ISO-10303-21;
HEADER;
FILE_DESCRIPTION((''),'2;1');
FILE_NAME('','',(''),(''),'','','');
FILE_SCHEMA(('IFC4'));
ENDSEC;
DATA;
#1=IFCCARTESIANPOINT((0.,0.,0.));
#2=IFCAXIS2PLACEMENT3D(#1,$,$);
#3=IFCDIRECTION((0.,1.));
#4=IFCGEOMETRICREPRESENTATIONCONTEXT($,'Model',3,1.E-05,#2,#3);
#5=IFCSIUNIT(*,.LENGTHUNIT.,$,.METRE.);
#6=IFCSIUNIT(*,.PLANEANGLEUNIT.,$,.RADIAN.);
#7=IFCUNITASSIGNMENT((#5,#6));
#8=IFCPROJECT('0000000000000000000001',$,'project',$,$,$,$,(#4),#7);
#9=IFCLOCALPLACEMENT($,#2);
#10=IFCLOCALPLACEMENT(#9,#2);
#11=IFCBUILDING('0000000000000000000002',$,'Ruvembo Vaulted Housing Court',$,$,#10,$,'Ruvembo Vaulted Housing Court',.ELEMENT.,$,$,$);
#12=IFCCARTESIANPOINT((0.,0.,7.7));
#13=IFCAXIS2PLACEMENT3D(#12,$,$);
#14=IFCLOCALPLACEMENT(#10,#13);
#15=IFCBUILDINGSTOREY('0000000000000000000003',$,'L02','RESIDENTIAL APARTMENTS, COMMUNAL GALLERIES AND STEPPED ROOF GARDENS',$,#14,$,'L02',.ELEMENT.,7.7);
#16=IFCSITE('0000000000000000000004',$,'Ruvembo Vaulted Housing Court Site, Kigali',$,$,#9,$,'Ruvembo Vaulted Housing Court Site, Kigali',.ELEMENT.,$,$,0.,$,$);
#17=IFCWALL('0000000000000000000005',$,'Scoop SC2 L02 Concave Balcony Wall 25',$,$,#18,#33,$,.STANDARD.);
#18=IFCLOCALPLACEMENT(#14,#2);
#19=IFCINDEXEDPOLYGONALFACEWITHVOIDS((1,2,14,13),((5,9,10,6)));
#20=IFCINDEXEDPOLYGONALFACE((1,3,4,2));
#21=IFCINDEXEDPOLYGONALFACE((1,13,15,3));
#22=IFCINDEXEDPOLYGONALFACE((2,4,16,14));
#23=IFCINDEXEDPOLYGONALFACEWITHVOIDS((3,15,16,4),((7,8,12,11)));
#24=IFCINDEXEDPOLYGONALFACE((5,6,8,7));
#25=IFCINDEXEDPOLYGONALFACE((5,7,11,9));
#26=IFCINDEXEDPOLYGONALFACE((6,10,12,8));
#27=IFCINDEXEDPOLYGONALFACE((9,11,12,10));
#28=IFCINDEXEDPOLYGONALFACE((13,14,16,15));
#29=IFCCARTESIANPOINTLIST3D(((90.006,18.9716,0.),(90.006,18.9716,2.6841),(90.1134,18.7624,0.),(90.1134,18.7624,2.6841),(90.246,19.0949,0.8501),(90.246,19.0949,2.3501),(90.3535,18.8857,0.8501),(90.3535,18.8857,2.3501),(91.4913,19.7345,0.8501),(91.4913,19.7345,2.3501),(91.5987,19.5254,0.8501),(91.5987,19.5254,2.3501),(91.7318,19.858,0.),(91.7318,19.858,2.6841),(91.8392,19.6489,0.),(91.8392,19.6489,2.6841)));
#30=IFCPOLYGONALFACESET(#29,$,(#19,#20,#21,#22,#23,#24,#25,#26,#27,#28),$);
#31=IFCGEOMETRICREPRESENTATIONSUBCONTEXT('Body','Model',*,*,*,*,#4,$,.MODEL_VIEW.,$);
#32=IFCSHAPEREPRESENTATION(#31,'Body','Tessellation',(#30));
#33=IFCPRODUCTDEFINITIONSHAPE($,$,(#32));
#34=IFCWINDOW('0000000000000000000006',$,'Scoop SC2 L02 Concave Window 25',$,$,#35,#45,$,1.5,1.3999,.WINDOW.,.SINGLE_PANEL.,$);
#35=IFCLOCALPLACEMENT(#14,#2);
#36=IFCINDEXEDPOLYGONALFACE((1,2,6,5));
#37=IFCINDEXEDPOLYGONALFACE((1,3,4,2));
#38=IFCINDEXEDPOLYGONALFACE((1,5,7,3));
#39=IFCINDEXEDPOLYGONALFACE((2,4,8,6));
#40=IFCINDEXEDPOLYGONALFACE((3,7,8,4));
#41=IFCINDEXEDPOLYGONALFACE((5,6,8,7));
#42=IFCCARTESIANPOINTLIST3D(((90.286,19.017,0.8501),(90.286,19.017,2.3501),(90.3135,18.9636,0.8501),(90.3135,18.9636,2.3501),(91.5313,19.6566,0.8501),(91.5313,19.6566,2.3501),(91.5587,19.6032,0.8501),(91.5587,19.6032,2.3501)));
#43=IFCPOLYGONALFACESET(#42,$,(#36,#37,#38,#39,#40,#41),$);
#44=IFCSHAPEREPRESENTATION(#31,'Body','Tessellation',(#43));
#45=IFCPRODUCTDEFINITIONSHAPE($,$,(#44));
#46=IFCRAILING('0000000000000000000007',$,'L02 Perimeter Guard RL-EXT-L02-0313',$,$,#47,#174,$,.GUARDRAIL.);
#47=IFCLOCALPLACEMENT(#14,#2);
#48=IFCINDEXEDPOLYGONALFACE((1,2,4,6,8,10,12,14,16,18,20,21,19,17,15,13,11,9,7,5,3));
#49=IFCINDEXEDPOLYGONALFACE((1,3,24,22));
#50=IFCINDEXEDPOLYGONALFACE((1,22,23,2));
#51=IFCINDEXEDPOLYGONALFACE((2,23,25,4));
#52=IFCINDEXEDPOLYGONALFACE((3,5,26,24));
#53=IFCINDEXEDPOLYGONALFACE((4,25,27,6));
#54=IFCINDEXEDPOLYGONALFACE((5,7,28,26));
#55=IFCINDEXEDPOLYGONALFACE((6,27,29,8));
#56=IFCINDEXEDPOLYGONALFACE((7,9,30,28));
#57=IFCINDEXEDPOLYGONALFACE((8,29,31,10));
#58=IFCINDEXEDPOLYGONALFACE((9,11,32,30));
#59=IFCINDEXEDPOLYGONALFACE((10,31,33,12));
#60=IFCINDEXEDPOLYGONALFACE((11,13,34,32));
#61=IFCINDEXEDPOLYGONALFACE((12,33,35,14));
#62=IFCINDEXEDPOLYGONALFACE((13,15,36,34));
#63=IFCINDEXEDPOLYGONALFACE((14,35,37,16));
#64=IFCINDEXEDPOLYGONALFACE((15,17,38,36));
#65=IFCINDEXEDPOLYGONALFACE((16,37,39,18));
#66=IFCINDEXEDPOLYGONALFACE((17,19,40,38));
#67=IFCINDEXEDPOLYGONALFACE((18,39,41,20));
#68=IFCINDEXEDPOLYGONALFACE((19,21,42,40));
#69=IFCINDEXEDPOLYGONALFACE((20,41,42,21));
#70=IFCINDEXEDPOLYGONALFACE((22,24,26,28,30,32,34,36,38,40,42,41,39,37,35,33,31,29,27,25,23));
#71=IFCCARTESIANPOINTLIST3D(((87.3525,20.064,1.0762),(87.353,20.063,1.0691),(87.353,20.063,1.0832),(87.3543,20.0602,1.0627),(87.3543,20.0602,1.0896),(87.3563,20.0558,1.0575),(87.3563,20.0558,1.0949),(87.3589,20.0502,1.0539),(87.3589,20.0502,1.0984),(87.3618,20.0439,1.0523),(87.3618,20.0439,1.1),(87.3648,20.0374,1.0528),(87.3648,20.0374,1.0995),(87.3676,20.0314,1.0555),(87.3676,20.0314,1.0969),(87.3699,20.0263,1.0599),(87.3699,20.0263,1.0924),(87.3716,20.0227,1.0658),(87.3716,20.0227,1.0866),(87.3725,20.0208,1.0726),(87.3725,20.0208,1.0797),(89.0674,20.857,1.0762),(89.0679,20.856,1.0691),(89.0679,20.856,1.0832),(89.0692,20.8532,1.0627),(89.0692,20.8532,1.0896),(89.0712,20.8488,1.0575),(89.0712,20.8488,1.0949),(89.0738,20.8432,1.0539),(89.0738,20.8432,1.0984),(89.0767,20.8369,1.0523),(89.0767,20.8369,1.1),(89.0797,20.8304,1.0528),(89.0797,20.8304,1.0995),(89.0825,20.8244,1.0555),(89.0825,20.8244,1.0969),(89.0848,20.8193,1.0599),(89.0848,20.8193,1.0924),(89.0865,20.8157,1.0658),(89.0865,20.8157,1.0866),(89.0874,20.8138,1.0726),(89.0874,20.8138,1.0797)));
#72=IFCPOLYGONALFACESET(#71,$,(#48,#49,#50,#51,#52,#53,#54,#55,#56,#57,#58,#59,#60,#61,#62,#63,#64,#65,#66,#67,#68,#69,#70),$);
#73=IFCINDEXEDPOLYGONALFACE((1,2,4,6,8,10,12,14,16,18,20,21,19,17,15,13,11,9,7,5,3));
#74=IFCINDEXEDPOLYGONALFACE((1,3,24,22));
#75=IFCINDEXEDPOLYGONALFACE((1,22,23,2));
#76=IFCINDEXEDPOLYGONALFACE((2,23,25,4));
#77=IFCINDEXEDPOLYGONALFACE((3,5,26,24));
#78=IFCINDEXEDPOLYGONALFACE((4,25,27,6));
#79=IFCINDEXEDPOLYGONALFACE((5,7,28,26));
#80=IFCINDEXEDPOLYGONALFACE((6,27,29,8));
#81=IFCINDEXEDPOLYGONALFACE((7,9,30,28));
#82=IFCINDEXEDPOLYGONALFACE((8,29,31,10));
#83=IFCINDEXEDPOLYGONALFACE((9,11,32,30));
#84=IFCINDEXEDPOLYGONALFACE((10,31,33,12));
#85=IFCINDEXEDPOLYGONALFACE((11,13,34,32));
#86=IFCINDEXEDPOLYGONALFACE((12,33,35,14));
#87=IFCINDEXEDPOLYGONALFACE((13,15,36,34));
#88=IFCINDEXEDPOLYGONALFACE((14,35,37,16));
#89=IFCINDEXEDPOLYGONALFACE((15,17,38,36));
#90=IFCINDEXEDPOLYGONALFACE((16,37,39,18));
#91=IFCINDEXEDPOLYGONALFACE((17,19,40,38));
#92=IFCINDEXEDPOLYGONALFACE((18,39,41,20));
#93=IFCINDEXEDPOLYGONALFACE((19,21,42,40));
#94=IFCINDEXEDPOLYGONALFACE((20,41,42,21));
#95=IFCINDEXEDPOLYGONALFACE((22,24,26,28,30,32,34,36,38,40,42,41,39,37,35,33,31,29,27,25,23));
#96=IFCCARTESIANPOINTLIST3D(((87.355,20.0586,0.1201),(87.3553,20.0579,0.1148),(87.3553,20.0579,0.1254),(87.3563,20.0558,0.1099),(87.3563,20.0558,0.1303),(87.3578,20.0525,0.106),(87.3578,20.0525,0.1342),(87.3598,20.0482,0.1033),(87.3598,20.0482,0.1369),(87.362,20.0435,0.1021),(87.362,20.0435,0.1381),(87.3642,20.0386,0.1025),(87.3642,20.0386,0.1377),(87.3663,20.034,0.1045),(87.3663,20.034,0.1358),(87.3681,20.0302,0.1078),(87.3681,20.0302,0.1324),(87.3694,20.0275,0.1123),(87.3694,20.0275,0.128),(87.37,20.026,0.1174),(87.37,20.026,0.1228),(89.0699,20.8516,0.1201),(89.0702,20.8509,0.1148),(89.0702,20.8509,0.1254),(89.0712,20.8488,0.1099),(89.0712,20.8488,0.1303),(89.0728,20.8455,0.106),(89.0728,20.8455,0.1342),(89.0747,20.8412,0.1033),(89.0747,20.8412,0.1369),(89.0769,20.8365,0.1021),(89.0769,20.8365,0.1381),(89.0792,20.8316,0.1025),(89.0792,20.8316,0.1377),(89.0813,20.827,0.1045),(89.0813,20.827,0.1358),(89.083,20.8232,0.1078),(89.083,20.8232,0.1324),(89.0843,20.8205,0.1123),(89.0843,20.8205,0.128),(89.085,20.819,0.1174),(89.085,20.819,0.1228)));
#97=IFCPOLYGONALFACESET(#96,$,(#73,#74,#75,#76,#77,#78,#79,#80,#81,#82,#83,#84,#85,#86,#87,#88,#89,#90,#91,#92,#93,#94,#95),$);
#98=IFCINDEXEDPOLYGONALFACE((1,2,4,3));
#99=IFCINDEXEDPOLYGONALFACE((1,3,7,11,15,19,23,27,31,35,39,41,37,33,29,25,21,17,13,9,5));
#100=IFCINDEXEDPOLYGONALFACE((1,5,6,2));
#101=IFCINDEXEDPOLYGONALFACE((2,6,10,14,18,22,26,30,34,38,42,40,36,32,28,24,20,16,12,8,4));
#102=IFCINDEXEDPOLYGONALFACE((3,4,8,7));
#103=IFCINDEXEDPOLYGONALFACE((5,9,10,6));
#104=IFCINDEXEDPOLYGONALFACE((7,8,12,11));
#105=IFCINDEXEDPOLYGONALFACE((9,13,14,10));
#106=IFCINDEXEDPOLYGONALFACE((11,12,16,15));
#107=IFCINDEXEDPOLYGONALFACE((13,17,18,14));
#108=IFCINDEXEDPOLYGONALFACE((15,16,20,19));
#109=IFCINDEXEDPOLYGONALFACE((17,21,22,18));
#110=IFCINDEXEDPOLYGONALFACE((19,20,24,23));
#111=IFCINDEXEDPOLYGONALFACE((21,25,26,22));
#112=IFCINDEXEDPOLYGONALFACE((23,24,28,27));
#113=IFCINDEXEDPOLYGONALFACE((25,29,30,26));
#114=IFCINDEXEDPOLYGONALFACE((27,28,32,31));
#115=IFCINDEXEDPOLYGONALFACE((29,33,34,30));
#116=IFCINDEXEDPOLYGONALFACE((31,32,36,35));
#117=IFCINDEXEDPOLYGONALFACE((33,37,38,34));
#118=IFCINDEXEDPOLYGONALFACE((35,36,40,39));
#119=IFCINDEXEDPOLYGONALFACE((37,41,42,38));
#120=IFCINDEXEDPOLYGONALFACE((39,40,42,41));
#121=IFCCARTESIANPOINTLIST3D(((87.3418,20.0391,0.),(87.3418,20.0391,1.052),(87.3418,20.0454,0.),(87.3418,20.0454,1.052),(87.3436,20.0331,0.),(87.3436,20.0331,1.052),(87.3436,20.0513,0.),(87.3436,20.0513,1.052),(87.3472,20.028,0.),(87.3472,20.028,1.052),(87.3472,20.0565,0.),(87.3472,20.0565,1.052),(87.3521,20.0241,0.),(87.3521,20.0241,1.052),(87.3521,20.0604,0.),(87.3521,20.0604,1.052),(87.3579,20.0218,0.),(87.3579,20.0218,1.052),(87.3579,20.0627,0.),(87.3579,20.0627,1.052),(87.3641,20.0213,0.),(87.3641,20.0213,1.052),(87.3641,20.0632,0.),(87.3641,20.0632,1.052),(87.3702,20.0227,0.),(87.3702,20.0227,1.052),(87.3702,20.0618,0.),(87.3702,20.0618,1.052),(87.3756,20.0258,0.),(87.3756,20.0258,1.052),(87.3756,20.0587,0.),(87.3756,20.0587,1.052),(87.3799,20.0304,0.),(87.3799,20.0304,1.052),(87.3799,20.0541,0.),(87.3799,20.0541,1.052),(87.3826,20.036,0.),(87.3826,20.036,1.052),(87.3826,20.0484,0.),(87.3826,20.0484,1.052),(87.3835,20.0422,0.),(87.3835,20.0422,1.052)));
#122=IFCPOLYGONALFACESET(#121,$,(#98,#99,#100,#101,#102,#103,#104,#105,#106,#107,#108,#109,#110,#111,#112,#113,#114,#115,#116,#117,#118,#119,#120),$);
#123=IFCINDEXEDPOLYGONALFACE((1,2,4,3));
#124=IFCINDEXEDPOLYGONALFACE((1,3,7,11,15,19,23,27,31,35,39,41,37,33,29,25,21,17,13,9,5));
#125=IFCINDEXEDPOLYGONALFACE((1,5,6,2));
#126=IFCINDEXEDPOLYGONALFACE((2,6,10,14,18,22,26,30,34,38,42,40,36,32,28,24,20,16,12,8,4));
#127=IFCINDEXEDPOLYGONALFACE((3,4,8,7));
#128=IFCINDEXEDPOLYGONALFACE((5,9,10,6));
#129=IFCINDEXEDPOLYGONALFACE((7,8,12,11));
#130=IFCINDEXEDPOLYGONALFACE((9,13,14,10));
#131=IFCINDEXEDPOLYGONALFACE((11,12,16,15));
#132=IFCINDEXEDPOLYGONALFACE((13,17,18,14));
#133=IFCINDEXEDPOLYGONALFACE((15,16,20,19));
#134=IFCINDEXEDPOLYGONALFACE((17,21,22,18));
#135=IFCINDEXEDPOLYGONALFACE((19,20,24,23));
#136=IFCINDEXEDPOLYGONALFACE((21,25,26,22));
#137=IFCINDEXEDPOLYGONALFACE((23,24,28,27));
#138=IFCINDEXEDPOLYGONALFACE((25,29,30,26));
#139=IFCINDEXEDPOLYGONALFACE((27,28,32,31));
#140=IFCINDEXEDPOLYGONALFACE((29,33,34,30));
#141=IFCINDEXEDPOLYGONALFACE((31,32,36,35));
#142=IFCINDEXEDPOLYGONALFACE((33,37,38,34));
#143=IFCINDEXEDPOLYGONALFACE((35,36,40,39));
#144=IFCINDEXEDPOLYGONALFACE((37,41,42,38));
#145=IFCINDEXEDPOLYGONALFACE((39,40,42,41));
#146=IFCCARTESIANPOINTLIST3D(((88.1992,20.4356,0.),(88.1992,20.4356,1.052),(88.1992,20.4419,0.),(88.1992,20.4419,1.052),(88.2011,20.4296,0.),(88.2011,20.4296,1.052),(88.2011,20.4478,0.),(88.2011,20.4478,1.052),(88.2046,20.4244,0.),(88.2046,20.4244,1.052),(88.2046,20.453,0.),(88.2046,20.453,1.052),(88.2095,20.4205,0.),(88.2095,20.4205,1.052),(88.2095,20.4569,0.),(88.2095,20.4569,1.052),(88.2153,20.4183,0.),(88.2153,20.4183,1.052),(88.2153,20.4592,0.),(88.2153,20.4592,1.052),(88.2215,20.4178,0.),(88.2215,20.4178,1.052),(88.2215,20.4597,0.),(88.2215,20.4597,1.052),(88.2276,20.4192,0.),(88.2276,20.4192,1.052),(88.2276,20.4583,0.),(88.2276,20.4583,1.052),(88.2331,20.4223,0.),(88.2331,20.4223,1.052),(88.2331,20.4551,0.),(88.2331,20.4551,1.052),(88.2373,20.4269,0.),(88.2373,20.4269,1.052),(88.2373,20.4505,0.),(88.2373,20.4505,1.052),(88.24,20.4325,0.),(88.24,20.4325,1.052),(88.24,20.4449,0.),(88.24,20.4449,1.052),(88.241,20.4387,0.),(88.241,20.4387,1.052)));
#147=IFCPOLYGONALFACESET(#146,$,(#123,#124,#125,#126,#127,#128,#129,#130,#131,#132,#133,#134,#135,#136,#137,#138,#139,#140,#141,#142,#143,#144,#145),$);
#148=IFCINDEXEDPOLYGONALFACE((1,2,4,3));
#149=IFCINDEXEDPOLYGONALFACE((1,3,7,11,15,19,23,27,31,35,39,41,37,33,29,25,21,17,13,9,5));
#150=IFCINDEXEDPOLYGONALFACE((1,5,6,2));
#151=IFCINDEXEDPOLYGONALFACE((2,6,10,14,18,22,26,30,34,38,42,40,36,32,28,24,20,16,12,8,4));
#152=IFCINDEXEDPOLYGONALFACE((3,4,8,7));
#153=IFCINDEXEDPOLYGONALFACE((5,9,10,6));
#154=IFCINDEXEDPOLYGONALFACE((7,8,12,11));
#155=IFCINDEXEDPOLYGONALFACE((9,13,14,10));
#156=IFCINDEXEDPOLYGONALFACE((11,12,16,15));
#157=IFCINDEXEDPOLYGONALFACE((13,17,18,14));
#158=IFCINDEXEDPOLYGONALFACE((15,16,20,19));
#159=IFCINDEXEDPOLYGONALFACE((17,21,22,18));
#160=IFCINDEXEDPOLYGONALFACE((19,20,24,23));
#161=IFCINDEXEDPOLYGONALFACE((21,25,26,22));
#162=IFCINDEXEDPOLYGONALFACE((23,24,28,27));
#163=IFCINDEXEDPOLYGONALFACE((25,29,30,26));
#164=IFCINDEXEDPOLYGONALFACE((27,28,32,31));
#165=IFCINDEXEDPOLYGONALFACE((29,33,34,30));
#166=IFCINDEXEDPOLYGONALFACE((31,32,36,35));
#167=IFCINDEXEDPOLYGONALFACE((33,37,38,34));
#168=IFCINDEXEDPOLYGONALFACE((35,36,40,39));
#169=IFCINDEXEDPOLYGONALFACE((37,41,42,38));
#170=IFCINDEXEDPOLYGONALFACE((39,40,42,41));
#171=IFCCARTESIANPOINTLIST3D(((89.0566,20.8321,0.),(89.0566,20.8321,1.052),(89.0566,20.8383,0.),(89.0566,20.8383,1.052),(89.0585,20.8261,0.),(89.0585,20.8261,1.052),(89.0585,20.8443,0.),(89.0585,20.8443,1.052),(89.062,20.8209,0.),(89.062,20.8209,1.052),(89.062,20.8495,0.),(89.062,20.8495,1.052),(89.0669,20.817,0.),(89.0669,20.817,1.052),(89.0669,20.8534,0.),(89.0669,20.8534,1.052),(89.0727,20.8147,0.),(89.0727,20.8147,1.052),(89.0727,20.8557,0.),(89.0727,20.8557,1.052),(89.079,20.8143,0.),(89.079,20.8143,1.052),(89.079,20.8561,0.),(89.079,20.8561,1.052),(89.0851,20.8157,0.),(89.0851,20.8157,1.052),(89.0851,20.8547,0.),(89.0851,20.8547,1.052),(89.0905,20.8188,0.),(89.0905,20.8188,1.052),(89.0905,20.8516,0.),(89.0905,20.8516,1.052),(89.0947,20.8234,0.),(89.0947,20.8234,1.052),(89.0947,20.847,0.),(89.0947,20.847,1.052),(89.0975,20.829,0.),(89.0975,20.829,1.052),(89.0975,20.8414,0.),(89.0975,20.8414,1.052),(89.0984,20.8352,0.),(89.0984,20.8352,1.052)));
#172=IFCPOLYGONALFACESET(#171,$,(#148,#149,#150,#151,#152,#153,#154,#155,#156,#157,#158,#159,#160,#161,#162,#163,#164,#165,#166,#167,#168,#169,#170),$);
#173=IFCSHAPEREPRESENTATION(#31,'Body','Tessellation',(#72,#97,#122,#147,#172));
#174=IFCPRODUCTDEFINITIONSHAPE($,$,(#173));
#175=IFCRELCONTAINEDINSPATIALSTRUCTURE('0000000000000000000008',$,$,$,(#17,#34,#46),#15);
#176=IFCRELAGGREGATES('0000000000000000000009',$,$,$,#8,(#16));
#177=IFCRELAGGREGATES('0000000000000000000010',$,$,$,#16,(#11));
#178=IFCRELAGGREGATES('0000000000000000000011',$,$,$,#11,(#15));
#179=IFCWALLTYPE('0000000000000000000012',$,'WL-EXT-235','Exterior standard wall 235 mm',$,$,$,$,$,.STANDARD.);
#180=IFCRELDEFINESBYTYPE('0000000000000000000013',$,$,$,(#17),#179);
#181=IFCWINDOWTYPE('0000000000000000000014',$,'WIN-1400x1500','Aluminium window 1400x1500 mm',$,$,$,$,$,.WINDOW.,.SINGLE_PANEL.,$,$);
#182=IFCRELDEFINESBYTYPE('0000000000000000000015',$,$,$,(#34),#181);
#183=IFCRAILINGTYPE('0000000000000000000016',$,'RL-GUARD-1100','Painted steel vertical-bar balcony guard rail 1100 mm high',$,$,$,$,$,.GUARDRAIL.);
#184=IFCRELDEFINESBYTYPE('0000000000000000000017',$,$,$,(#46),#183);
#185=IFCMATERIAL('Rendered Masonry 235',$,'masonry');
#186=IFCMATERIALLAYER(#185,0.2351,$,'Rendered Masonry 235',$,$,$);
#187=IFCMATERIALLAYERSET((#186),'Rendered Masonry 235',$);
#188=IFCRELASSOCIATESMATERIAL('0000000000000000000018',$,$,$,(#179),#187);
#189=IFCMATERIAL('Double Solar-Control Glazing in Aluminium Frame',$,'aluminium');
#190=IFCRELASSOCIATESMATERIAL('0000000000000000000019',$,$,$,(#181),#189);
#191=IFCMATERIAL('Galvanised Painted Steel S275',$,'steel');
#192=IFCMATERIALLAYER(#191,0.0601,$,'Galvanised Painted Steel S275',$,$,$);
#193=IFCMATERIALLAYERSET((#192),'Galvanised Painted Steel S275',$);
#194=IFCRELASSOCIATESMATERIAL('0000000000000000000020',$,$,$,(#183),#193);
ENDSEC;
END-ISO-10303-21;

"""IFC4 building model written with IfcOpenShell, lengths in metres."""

from ifc_helpers import new_model, si_unit, direction, frame, frame_2d, origin, origin_2d, place, context, subcontext, project, spatial, rectangle, circle, extrude, material, layer, layer_set, type_object, element, fill, save


model = new_model("IFC4")

# Units and contexts
model_context = context("Model", 3, precision=1e-05, world=origin(), true_north=direction((0.0, 1.0)))
body_context = subcontext(model_context, "Body", "Model", "MODEL_VIEW")
ifc_project = project(units=[si_unit("LENGTHUNIT", "METRE"), si_unit("PLANEANGLEUNIT", "RADIAN")], contexts=[model_context])

# Site, building, storey
site_placement = place(None, origin())
site = spatial("IfcSite", under=ifc_project, at=site_placement, Name="Ruvembo Vaulted Housing Court Site, Kigali", LongName="Ruvembo Vaulted Housing Court Site, Kigali", CompositionType="ELEMENT", RefElevation=0.0)
building_placement = place(site_placement, origin())
building = spatial("IfcBuilding", under=site, at=building_placement, Name="Ruvembo Vaulted Housing Court", LongName="Ruvembo Vaulted Housing Court", CompositionType="ELEMENT")
storey_placement = place(building_placement, frame((0.0, 0.0, 7.7)))
storey = spatial("IfcBuildingStorey", under=building, at=storey_placement, Name="L02", Description="RESIDENTIAL APARTMENTS, COMMUNAL GALLERIES AND STEPPED ROOF GARDENS", LongName="L02", CompositionType="ELEMENT", Elevation=7.7)

# Wall, opening, window
ifc_material_1 = material(Name="Rendered Masonry 235", Category="masonry")
ifc_layer_1 = layer(ifc_material_1, 0.2351, Name="Rendered Masonry 235")
ifc_layer_set_1 = layer_set([ifc_layer_1], Name="Rendered Masonry 235")
wall_type = type_object("IfcWallType", Name="WL-EXT-235", Description="Exterior standard wall 235 mm", PredefinedType="STANDARD", material=ifc_layer_set_1)
ifc_material_2 = material(Name="Double Solar-Control Glazing in Aluminium Frame", Category="aluminium")
wall_1_placement = place(storey_placement, frame((90.0596, 18.8669, 0.0), z_axis=(0.0, 0.0, 1.0), x_axis=(0.889517, 0.456902, 0.0)))
wall_1 = element("IfcWall", 1, at=wall_1_placement, inside=storey, type_object=wall_type, Name="Scoop SC2 L02 Concave Balcony Wall 25", PredefinedType="STANDARD", context=body_context, shape_type="SweptSolid", body=[
    extrude(rectangle(XDim=1.9402, YDim=0.2351, at=frame_2d((0.9702, 0.0))), origin(), (0.0, 0.0, 1.0), 2.6841),
])
opening_1_placement = place(wall_1_placement, frame((0.27, 0.0, 0.8501)))
opening_1 = element("IfcOpeningElement", 2, at=opening_1_placement, cuts=wall_1, PredefinedType="OPENING", context=body_context, shape_type="SweptSolid", body=[
    extrude(rectangle(XDim=1.3999, YDim=1.5, at=frame_2d((0.7, 0.75))), frame((0.0, 0.1274, 0.0), z_axis=(0.0, -1.0, 0.0), x_axis=(1.0, 0.0, 0.0)), (0.0, 0.0, 1.0), 0.2551),
])
window_type_1 = type_object("IfcWindowType", Name="WIN-1400x1500", Description="Aluminium window 1400x1500 mm", PartitioningType="SINGLE_PANEL", PredefinedType="WINDOW", material=ifc_material_2)
window_1_placement = place(opening_1_placement, origin())
window_1 = element("IfcWindow", 3, at=window_1_placement, inside=storey, type_object=window_type_1, Name="Scoop SC2 L02 Concave Window 25", OverallHeight=1.5, OverallWidth=1.3999, PartitioningType="SINGLE_PANEL", PredefinedType="WINDOW", context=body_context, shape_type="SweptSolid", body=[
    extrude(rectangle(XDim=1.3999, YDim=1.5, at=frame_2d((0.7, 0.75))), frame((0.0, 0.03, 0.0), z_axis=(0.0, -1.0, 0.0), x_axis=(1.0, 0.0, 0.0)), (0.0, 0.0, 1.0), 0.0601),
])
fill(opening_1, window_1)

# Railing
ifc_material_3 = material(Name="Galvanised Painted Steel S275", Category="steel")
ifc_layer_2 = layer(ifc_material_3, 0.0601, Name="Galvanised Painted Steel S275")
ifc_layer_set_2 = layer_set([ifc_layer_2], Name="Galvanised Painted Steel S275")
railing_type = type_object("IfcRailingType", Name="RL-GUARD-1100", Description="Painted steel vertical-bar balcony guard rail 1100 mm high", PredefinedType="GUARDRAIL", material=ifc_layer_set_2)
railing_1_placement = place(storey_placement, frame((87.3625, 20.0422, 0.0)))
element("IfcRailing", 4, at=railing_1_placement, inside=storey, type_object=railing_type, Name="L02 Perimeter Guard RL-EXT-L02-0313", PredefinedType="GUARDRAIL", context=body_context, shape_type="SweptSolid", body=[
    extrude(circle(Radius=0.0239, at=origin_2d()), frame((0.0, 0.0, 1.0762), z_axis=(0.907657, 0.419714, 0.0), x_axis=(-0.419714, 0.907657, 0.0)), (0.0, 0.0, 1.0), 1.8894),
    extrude(circle(Radius=0.0181, at=origin_2d()), frame((0.0, 0.0, 0.1201), z_axis=(0.907657, 0.419714, 0.0), x_axis=(-0.419714, 0.907657, 0.0)), (0.0, 0.0, 1.0), 1.8894),
    extrude(circle(Radius=0.021, at=origin_2d()), origin(), (0.0, 0.0, 1.0), 1.052),
    extrude(circle(Radius=0.021, at=origin_2d()), frame((0.8574, 0.3965, 0.0)), (0.0, 0.0, 1.0), 1.052),
    extrude(circle(Radius=0.021, at=origin_2d()), frame((1.7148, 0.793, 0.0)), (0.0, 0.0, 1.0), 1.052),
])

save(model, "model.ifc")
